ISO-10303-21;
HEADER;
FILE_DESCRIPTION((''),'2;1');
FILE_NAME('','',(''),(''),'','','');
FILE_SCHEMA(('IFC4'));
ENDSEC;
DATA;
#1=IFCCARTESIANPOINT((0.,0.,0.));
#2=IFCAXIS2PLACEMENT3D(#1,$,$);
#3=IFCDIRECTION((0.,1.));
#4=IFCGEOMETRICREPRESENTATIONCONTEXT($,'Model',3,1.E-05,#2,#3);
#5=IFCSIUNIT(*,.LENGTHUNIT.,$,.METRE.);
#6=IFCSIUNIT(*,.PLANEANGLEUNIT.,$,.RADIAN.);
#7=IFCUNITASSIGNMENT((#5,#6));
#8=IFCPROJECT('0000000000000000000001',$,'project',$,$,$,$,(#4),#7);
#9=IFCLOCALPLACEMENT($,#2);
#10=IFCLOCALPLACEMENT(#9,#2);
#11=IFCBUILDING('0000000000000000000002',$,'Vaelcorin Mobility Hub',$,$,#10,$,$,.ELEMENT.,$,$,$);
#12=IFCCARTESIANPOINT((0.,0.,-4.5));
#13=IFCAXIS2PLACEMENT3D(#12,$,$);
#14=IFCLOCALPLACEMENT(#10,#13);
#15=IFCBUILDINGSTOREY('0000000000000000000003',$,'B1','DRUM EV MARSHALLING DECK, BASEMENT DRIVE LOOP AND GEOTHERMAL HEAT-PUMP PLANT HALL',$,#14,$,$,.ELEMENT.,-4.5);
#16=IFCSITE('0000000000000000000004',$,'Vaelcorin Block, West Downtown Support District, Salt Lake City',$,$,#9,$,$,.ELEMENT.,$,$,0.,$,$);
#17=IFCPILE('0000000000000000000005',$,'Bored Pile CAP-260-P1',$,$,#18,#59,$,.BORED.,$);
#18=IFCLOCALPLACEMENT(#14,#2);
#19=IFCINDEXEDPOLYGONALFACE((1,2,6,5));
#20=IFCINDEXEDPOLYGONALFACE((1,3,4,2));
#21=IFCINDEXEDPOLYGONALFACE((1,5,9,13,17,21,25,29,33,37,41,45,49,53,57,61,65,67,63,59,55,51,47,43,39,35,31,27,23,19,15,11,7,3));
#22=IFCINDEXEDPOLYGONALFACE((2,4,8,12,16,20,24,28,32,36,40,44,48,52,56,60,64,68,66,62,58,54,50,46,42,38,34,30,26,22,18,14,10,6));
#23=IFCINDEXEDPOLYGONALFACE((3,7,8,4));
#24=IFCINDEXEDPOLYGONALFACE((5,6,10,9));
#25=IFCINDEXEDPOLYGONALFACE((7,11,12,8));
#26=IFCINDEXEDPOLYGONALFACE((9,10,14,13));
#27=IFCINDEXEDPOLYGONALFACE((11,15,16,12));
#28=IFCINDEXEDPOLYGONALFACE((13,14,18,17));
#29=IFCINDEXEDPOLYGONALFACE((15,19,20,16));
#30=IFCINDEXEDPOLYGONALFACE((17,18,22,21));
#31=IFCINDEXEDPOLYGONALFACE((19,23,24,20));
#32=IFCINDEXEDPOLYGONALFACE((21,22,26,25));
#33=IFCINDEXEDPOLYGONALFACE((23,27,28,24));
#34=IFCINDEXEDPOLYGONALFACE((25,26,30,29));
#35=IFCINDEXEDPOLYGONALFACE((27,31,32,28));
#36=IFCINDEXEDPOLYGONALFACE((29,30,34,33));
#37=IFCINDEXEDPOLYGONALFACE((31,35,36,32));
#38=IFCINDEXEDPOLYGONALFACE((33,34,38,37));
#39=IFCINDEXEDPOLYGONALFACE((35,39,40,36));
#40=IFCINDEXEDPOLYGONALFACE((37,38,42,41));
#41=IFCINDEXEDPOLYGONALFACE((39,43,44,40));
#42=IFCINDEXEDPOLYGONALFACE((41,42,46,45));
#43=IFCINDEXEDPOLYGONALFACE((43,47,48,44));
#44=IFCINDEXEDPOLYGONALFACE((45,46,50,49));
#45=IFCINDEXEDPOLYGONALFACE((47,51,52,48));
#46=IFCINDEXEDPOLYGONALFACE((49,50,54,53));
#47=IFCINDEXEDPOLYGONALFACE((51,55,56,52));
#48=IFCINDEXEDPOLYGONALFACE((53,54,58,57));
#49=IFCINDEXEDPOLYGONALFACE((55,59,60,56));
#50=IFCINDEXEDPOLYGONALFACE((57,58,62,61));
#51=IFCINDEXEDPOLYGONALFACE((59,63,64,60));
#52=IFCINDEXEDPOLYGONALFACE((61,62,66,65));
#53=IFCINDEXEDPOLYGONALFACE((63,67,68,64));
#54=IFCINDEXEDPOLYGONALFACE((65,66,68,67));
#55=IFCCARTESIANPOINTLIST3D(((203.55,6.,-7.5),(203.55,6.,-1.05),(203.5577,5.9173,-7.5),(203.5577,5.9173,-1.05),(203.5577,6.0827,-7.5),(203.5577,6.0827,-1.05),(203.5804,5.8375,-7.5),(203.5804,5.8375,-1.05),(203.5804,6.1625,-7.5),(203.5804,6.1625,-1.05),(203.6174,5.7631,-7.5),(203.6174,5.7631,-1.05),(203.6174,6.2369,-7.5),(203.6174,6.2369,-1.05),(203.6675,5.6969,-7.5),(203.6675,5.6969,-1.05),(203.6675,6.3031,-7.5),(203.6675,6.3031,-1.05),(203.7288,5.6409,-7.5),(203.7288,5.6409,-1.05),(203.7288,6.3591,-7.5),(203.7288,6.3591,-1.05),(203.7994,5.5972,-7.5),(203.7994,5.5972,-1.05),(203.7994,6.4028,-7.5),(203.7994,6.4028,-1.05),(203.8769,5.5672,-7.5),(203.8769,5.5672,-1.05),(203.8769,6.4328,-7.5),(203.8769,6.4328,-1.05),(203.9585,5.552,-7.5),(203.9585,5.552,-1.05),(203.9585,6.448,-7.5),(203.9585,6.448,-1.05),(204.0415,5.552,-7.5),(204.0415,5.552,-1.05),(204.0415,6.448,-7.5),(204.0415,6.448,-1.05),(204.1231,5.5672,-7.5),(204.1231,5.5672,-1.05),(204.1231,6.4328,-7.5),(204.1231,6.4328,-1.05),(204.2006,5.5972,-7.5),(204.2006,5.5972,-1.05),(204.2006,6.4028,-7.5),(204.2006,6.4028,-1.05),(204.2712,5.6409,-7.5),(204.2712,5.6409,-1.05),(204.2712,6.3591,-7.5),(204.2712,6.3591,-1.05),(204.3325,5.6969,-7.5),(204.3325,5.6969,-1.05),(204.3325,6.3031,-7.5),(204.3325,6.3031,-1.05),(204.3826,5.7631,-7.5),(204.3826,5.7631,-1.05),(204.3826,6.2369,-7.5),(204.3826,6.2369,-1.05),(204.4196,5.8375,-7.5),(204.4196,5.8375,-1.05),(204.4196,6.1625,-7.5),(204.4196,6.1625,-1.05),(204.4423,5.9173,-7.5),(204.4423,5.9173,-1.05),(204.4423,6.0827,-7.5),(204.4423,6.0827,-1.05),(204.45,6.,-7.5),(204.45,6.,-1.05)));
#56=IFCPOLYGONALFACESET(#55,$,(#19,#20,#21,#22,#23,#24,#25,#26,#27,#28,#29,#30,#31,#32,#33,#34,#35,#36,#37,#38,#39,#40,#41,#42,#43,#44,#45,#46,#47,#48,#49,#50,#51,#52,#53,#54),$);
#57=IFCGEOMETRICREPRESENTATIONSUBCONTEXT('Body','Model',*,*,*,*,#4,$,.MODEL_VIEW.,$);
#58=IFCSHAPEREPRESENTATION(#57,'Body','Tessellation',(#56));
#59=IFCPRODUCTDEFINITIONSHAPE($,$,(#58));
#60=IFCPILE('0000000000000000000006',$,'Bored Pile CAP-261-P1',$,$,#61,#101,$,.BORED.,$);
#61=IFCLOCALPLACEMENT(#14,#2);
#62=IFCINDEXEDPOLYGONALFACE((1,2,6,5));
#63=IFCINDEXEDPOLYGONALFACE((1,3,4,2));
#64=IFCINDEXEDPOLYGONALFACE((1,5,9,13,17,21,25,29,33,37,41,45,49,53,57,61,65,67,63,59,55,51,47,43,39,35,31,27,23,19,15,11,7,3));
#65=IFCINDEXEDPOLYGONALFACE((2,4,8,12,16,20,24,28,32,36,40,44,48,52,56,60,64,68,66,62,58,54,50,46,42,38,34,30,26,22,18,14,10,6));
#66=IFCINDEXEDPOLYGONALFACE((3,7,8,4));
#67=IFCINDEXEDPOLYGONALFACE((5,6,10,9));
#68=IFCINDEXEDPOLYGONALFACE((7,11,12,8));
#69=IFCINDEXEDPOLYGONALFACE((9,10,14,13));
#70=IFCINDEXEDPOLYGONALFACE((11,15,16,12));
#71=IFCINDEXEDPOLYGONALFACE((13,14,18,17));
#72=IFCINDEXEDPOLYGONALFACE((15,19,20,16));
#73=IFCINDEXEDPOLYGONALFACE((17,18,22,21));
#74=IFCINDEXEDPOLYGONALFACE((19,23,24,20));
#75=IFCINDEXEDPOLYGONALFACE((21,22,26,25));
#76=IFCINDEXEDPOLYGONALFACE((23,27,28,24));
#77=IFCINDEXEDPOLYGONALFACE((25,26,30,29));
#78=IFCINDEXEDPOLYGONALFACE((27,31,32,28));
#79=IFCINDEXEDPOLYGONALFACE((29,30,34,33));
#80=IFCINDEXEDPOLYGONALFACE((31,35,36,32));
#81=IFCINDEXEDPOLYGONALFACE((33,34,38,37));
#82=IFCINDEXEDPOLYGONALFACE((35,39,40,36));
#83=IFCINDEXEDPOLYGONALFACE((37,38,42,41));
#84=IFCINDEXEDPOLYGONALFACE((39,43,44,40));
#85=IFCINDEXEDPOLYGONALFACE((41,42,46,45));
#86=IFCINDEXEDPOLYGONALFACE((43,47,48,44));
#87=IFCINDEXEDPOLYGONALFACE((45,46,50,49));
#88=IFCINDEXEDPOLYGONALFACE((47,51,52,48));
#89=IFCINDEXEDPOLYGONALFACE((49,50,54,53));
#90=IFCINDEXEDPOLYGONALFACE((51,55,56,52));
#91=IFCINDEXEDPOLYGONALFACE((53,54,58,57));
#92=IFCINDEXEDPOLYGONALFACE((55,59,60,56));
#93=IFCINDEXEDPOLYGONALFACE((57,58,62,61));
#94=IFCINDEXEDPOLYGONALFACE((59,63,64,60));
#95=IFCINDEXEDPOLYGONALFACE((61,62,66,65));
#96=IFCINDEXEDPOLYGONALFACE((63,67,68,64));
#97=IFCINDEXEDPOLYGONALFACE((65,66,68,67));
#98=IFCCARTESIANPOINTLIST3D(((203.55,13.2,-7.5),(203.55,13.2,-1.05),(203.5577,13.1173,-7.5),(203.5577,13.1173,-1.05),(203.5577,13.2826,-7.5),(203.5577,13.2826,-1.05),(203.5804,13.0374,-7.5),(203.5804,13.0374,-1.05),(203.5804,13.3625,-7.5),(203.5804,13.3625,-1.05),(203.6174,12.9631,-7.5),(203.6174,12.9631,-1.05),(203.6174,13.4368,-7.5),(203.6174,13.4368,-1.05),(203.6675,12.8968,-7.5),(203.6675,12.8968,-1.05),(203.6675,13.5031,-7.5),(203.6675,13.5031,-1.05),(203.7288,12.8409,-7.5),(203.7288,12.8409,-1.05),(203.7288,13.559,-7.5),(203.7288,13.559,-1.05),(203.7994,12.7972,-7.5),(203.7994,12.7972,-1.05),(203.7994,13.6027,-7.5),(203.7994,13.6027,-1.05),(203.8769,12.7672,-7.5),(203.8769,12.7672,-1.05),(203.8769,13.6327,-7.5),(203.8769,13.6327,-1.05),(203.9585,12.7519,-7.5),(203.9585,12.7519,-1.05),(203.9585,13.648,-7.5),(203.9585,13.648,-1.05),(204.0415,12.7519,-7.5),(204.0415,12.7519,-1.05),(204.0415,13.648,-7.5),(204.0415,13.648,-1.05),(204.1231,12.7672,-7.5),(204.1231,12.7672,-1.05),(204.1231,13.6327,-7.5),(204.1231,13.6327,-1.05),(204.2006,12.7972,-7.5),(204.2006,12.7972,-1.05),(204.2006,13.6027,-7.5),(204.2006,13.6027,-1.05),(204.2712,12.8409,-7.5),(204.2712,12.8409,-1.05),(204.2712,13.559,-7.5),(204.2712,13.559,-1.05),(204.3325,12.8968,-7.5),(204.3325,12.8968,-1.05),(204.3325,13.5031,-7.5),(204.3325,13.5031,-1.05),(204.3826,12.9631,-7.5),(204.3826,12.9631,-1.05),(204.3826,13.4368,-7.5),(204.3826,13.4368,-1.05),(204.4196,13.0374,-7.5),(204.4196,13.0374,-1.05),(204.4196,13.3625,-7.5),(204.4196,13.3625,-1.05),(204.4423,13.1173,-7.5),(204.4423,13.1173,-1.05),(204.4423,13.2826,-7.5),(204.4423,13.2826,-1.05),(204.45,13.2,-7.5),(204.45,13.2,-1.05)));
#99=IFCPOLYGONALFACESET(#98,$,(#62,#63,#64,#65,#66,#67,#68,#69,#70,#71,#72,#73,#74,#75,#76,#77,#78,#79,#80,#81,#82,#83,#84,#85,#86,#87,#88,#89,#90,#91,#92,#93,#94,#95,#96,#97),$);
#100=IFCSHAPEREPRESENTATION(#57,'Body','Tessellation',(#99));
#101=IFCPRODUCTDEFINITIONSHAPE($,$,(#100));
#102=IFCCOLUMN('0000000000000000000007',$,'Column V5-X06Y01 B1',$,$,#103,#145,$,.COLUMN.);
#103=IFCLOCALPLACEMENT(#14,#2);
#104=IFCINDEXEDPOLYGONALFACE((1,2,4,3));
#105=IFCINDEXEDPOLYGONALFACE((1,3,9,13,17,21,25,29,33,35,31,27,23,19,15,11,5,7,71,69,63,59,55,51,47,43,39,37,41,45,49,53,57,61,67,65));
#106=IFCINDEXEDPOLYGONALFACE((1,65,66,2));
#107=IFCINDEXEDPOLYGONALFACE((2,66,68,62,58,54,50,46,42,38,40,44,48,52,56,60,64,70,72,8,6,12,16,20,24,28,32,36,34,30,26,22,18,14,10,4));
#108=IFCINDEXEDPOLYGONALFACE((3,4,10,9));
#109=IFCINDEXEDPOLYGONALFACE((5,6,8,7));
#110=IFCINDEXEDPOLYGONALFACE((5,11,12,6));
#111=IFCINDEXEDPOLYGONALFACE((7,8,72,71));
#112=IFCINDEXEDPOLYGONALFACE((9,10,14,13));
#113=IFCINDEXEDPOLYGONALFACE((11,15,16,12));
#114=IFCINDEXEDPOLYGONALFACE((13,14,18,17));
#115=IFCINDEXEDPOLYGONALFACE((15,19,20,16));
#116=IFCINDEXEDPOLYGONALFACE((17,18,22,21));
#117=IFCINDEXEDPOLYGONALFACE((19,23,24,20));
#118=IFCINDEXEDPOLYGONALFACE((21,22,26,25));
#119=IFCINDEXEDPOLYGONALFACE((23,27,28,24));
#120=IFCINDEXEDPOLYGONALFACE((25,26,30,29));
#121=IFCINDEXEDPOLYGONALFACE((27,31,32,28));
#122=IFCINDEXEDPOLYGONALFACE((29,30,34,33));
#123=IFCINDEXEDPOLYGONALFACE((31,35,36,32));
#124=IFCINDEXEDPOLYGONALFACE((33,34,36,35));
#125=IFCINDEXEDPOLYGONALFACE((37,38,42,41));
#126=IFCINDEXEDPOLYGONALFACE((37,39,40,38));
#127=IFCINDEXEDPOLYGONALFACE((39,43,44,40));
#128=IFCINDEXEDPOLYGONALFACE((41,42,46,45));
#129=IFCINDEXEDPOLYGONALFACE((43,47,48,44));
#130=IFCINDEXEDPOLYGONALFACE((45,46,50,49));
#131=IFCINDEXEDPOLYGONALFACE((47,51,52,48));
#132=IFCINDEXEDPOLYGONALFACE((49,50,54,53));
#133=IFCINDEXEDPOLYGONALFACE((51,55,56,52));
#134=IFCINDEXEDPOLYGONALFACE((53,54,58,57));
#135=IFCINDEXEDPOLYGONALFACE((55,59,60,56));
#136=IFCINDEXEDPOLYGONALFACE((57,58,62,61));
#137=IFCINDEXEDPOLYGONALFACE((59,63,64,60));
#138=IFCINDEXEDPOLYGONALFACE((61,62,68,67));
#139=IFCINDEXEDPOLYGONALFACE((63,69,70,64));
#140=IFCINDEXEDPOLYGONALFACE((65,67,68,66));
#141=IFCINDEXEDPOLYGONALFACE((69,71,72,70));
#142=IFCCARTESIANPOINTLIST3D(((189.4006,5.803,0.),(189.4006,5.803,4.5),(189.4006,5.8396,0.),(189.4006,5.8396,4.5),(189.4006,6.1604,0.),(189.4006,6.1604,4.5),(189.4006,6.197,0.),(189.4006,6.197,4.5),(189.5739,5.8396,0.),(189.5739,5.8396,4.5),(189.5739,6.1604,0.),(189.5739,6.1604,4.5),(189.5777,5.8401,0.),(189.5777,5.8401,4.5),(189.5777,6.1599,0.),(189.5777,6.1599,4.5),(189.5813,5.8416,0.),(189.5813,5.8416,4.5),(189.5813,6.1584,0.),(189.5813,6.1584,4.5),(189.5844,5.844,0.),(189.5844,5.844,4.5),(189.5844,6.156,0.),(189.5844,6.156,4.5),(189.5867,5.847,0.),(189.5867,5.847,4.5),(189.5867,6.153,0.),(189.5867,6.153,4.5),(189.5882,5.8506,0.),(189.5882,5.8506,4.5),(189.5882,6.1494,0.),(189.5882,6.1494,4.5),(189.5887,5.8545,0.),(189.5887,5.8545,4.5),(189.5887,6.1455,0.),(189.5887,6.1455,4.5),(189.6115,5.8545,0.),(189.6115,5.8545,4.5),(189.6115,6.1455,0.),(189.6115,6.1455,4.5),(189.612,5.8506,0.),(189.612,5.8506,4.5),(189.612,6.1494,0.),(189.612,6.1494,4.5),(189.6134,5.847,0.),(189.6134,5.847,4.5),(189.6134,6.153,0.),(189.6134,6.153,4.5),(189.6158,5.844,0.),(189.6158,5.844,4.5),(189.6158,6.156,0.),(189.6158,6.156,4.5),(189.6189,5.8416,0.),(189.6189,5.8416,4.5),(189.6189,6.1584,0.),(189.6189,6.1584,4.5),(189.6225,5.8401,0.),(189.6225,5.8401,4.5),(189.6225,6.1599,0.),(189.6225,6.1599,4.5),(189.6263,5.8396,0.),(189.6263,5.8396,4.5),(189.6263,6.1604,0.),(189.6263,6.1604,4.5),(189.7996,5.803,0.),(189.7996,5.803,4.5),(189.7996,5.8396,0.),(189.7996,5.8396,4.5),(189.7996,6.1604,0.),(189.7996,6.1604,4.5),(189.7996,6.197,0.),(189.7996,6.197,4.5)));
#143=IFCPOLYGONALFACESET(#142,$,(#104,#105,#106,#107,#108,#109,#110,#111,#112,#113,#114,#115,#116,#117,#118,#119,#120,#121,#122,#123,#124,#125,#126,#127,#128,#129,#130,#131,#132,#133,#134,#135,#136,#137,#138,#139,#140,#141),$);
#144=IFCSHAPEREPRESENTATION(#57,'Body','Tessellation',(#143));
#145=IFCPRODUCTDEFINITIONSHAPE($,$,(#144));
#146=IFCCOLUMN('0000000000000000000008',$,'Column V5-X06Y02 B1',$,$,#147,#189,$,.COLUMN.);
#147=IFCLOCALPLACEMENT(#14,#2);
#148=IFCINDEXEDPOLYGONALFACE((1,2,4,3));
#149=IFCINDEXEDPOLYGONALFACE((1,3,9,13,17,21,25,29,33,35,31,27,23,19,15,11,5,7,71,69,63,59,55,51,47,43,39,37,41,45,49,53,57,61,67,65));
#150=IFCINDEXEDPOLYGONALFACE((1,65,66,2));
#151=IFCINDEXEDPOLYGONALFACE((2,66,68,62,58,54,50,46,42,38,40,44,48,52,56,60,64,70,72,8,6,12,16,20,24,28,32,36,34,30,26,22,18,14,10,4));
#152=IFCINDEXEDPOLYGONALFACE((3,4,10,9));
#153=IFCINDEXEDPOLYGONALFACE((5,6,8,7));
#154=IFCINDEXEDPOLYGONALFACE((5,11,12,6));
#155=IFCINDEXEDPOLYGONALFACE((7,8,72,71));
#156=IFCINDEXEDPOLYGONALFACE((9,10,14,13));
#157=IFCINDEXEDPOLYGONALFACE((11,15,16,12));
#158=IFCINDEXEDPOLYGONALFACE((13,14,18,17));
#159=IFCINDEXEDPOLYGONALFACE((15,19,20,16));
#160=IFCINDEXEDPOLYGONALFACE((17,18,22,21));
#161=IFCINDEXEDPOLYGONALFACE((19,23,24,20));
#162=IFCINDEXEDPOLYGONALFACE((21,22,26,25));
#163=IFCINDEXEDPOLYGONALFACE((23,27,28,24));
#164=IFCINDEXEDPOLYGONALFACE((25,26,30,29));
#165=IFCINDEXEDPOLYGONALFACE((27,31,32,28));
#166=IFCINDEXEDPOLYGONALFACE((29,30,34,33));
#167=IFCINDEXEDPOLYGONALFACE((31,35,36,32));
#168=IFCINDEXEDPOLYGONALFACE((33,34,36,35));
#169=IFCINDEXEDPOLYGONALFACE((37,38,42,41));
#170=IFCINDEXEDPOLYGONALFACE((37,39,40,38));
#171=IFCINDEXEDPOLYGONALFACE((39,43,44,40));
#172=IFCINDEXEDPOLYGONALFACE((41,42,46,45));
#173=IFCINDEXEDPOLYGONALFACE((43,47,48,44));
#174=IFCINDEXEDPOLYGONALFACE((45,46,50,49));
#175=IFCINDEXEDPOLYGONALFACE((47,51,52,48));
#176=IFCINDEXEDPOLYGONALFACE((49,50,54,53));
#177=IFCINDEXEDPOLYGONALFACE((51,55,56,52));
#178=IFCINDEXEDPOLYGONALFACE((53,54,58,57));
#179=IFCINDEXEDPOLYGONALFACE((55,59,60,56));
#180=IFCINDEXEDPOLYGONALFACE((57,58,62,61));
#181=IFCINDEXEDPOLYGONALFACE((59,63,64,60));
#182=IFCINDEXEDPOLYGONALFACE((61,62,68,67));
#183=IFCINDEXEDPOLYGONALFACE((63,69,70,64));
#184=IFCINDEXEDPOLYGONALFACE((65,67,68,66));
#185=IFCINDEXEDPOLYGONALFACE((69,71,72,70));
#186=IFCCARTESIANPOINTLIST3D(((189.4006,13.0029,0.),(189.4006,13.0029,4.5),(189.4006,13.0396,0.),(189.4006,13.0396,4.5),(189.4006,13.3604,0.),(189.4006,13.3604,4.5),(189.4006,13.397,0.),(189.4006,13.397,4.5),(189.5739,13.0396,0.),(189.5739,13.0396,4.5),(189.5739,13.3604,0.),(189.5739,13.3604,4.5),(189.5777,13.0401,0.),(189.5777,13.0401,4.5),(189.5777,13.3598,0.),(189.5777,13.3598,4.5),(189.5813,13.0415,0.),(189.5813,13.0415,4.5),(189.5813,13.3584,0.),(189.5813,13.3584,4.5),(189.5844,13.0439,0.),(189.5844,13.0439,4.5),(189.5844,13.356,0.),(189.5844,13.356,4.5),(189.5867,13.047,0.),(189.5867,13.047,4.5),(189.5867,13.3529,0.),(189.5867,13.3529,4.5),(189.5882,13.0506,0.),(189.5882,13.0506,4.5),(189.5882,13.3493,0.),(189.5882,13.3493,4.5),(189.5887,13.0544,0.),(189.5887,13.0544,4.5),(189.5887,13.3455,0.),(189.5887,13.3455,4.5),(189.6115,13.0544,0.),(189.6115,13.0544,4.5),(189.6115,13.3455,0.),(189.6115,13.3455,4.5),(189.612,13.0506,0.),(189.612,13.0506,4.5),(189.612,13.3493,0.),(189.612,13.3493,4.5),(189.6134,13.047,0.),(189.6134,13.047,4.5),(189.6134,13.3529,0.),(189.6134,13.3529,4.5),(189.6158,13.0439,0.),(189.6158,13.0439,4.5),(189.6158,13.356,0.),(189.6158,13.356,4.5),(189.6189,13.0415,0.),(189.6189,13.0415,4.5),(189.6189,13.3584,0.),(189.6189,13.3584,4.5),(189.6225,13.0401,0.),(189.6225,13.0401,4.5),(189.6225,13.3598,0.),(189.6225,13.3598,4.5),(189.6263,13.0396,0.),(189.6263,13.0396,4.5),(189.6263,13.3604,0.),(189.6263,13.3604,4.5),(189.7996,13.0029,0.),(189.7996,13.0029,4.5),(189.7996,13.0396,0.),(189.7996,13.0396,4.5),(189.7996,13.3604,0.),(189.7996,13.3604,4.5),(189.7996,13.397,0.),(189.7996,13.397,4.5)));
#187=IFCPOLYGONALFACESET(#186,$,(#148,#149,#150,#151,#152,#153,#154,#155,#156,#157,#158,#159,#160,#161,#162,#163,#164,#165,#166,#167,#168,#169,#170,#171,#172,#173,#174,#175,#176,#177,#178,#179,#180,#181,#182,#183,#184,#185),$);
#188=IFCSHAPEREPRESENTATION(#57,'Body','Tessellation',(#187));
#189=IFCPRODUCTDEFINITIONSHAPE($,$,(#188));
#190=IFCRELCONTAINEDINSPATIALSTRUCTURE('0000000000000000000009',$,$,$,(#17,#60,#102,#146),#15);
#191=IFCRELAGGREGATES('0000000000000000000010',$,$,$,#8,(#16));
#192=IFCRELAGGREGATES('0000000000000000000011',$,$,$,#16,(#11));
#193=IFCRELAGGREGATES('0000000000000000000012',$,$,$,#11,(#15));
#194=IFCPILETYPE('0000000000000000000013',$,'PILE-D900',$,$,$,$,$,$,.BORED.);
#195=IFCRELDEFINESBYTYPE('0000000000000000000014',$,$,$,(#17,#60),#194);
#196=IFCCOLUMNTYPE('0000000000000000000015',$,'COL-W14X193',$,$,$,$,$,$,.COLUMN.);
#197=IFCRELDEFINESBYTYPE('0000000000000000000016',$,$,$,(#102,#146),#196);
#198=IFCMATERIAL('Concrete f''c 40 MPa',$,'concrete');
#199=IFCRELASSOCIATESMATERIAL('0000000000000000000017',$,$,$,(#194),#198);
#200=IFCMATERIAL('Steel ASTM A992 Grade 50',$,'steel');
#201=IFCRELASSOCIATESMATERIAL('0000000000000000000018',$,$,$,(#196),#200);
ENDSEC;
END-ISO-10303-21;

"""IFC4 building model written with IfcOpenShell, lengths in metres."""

from ifc_helpers import new_model, si_unit, direction, frame, origin, origin_2d, place, context, subcontext, project, spatial, circle, i_section, extrude, material, material_profile, profile_set, type_object, element, save


model = new_model("IFC4")

# Units and contexts
model_context = context("Model", 3, precision=1e-05, world=origin(), true_north=direction((0.0, 1.0)))
body_context = subcontext(model_context, "Body", "Model", "MODEL_VIEW")
ifc_project = project(units=[si_unit("LENGTHUNIT", "METRE"), si_unit("PLANEANGLEUNIT", "RADIAN")], contexts=[model_context])

# Site, building, storey
site_placement = place(None, origin())
site = spatial("IfcSite", under=ifc_project, at=site_placement, Name="Vaelcorin Block, West Downtown Support District, Salt Lake City", CompositionType="ELEMENT", RefElevation=0.0)
building_placement = place(site_placement, origin())
building = spatial("IfcBuilding", under=site, at=building_placement, Name="Vaelcorin Mobility Hub", CompositionType="ELEMENT")
storey_placement = place(building_placement, frame((0.0, 0.0, -4.5)))
storey = spatial("IfcBuildingStorey", under=building, at=storey_placement, Name="B1", Description="DRUM EV MARSHALLING DECK, BASEMENT DRIVE LOOP AND GEOTHERMAL HEAT-PUMP PLANT HALL", CompositionType="ELEMENT", Elevation=-4.5)

# Shared definitions
ifc_material_1 = material(Name="Concrete f'c 40 MPa", Category="concrete")

# Piles
ifc_material_profile_1 = material_profile(ifc_material_1, circle(Radius=0.45, at=origin_2d()), Name="BP-D900")
ifc_profile_set_1 = profile_set([ifc_material_profile_1], Name="Concrete f'c 40 MPa")
pile_type_1 = type_object("IfcPileType", Name="PILE-D900", PredefinedType="BORED", material=ifc_profile_set_1)
for number, where, z_axis, x_axis, name in (
    (1, (204.0, 6.0, -1.05), (0.0, 0.0, -1.0), (1.0, 0.0, 0.0), "Bored Pile CAP-260-P1"),
    (2, (204.0, 13.2, -1.05), (0.0, 0.0, -1.0), (1.0, 0.0, 0.0), "Bored Pile CAP-261-P1"),
):
    element("IfcPile", number, at=place(storey_placement, frame(where, z_axis=z_axis, x_axis=x_axis)), inside=storey, type_object=pile_type_1, Name=name, PredefinedType="BORED", context=body_context, shape_type="SweptSolid", body=[
        extrude(circle(Radius=0.45, at=origin_2d()), origin(), (0.0, 0.0, 1.0), 6.45),
    ])

# Columns
ifc_material_2 = material(Name="Steel ASTM A992 Grade 50", Category="steel")
ifc_material_profile_2 = material_profile(ifc_material_2, i_section(OverallWidth=0.3989, OverallDepth=0.394, WebThickness=0.0227, FlangeThickness=0.0366, FilletRadius=0.0149, at=origin_2d()), Name="W14X193")
ifc_profile_set_2 = profile_set([ifc_material_profile_2], Name="Steel ASTM A992 Grade 50")
column_type = type_object("IfcColumnType", Name="COL-W14X193", PredefinedType="COLUMN", material=ifc_profile_set_2)
for number, where, z_axis, x_axis, name in (
    (3, (189.6001, 6.0, 0.0), (0.0, 0.0, 1.0), (1.0, 0.0, 0.0), "Column V5-X06Y01 B1"),
    (4, (189.6001, 13.2, 0.0), (0.0, 0.0, 1.0), (1.0, 0.0, 0.0), "Column V5-X06Y02 B1"),
):
    element("IfcColumn", number, at=place(storey_placement, frame(where, z_axis=z_axis, x_axis=x_axis)), inside=storey, type_object=column_type, Name=name, PredefinedType="COLUMN", context=body_context, shape_type="SweptSolid", body=[
        extrude(i_section(OverallWidth=0.3989, OverallDepth=0.394, WebThickness=0.0227, FlangeThickness=0.0366, FilletRadius=0.0149, at=origin_2d()), origin(), (0.0, 0.0, 1.0), 4.5),
    ])

save(model, "model.ifc")
